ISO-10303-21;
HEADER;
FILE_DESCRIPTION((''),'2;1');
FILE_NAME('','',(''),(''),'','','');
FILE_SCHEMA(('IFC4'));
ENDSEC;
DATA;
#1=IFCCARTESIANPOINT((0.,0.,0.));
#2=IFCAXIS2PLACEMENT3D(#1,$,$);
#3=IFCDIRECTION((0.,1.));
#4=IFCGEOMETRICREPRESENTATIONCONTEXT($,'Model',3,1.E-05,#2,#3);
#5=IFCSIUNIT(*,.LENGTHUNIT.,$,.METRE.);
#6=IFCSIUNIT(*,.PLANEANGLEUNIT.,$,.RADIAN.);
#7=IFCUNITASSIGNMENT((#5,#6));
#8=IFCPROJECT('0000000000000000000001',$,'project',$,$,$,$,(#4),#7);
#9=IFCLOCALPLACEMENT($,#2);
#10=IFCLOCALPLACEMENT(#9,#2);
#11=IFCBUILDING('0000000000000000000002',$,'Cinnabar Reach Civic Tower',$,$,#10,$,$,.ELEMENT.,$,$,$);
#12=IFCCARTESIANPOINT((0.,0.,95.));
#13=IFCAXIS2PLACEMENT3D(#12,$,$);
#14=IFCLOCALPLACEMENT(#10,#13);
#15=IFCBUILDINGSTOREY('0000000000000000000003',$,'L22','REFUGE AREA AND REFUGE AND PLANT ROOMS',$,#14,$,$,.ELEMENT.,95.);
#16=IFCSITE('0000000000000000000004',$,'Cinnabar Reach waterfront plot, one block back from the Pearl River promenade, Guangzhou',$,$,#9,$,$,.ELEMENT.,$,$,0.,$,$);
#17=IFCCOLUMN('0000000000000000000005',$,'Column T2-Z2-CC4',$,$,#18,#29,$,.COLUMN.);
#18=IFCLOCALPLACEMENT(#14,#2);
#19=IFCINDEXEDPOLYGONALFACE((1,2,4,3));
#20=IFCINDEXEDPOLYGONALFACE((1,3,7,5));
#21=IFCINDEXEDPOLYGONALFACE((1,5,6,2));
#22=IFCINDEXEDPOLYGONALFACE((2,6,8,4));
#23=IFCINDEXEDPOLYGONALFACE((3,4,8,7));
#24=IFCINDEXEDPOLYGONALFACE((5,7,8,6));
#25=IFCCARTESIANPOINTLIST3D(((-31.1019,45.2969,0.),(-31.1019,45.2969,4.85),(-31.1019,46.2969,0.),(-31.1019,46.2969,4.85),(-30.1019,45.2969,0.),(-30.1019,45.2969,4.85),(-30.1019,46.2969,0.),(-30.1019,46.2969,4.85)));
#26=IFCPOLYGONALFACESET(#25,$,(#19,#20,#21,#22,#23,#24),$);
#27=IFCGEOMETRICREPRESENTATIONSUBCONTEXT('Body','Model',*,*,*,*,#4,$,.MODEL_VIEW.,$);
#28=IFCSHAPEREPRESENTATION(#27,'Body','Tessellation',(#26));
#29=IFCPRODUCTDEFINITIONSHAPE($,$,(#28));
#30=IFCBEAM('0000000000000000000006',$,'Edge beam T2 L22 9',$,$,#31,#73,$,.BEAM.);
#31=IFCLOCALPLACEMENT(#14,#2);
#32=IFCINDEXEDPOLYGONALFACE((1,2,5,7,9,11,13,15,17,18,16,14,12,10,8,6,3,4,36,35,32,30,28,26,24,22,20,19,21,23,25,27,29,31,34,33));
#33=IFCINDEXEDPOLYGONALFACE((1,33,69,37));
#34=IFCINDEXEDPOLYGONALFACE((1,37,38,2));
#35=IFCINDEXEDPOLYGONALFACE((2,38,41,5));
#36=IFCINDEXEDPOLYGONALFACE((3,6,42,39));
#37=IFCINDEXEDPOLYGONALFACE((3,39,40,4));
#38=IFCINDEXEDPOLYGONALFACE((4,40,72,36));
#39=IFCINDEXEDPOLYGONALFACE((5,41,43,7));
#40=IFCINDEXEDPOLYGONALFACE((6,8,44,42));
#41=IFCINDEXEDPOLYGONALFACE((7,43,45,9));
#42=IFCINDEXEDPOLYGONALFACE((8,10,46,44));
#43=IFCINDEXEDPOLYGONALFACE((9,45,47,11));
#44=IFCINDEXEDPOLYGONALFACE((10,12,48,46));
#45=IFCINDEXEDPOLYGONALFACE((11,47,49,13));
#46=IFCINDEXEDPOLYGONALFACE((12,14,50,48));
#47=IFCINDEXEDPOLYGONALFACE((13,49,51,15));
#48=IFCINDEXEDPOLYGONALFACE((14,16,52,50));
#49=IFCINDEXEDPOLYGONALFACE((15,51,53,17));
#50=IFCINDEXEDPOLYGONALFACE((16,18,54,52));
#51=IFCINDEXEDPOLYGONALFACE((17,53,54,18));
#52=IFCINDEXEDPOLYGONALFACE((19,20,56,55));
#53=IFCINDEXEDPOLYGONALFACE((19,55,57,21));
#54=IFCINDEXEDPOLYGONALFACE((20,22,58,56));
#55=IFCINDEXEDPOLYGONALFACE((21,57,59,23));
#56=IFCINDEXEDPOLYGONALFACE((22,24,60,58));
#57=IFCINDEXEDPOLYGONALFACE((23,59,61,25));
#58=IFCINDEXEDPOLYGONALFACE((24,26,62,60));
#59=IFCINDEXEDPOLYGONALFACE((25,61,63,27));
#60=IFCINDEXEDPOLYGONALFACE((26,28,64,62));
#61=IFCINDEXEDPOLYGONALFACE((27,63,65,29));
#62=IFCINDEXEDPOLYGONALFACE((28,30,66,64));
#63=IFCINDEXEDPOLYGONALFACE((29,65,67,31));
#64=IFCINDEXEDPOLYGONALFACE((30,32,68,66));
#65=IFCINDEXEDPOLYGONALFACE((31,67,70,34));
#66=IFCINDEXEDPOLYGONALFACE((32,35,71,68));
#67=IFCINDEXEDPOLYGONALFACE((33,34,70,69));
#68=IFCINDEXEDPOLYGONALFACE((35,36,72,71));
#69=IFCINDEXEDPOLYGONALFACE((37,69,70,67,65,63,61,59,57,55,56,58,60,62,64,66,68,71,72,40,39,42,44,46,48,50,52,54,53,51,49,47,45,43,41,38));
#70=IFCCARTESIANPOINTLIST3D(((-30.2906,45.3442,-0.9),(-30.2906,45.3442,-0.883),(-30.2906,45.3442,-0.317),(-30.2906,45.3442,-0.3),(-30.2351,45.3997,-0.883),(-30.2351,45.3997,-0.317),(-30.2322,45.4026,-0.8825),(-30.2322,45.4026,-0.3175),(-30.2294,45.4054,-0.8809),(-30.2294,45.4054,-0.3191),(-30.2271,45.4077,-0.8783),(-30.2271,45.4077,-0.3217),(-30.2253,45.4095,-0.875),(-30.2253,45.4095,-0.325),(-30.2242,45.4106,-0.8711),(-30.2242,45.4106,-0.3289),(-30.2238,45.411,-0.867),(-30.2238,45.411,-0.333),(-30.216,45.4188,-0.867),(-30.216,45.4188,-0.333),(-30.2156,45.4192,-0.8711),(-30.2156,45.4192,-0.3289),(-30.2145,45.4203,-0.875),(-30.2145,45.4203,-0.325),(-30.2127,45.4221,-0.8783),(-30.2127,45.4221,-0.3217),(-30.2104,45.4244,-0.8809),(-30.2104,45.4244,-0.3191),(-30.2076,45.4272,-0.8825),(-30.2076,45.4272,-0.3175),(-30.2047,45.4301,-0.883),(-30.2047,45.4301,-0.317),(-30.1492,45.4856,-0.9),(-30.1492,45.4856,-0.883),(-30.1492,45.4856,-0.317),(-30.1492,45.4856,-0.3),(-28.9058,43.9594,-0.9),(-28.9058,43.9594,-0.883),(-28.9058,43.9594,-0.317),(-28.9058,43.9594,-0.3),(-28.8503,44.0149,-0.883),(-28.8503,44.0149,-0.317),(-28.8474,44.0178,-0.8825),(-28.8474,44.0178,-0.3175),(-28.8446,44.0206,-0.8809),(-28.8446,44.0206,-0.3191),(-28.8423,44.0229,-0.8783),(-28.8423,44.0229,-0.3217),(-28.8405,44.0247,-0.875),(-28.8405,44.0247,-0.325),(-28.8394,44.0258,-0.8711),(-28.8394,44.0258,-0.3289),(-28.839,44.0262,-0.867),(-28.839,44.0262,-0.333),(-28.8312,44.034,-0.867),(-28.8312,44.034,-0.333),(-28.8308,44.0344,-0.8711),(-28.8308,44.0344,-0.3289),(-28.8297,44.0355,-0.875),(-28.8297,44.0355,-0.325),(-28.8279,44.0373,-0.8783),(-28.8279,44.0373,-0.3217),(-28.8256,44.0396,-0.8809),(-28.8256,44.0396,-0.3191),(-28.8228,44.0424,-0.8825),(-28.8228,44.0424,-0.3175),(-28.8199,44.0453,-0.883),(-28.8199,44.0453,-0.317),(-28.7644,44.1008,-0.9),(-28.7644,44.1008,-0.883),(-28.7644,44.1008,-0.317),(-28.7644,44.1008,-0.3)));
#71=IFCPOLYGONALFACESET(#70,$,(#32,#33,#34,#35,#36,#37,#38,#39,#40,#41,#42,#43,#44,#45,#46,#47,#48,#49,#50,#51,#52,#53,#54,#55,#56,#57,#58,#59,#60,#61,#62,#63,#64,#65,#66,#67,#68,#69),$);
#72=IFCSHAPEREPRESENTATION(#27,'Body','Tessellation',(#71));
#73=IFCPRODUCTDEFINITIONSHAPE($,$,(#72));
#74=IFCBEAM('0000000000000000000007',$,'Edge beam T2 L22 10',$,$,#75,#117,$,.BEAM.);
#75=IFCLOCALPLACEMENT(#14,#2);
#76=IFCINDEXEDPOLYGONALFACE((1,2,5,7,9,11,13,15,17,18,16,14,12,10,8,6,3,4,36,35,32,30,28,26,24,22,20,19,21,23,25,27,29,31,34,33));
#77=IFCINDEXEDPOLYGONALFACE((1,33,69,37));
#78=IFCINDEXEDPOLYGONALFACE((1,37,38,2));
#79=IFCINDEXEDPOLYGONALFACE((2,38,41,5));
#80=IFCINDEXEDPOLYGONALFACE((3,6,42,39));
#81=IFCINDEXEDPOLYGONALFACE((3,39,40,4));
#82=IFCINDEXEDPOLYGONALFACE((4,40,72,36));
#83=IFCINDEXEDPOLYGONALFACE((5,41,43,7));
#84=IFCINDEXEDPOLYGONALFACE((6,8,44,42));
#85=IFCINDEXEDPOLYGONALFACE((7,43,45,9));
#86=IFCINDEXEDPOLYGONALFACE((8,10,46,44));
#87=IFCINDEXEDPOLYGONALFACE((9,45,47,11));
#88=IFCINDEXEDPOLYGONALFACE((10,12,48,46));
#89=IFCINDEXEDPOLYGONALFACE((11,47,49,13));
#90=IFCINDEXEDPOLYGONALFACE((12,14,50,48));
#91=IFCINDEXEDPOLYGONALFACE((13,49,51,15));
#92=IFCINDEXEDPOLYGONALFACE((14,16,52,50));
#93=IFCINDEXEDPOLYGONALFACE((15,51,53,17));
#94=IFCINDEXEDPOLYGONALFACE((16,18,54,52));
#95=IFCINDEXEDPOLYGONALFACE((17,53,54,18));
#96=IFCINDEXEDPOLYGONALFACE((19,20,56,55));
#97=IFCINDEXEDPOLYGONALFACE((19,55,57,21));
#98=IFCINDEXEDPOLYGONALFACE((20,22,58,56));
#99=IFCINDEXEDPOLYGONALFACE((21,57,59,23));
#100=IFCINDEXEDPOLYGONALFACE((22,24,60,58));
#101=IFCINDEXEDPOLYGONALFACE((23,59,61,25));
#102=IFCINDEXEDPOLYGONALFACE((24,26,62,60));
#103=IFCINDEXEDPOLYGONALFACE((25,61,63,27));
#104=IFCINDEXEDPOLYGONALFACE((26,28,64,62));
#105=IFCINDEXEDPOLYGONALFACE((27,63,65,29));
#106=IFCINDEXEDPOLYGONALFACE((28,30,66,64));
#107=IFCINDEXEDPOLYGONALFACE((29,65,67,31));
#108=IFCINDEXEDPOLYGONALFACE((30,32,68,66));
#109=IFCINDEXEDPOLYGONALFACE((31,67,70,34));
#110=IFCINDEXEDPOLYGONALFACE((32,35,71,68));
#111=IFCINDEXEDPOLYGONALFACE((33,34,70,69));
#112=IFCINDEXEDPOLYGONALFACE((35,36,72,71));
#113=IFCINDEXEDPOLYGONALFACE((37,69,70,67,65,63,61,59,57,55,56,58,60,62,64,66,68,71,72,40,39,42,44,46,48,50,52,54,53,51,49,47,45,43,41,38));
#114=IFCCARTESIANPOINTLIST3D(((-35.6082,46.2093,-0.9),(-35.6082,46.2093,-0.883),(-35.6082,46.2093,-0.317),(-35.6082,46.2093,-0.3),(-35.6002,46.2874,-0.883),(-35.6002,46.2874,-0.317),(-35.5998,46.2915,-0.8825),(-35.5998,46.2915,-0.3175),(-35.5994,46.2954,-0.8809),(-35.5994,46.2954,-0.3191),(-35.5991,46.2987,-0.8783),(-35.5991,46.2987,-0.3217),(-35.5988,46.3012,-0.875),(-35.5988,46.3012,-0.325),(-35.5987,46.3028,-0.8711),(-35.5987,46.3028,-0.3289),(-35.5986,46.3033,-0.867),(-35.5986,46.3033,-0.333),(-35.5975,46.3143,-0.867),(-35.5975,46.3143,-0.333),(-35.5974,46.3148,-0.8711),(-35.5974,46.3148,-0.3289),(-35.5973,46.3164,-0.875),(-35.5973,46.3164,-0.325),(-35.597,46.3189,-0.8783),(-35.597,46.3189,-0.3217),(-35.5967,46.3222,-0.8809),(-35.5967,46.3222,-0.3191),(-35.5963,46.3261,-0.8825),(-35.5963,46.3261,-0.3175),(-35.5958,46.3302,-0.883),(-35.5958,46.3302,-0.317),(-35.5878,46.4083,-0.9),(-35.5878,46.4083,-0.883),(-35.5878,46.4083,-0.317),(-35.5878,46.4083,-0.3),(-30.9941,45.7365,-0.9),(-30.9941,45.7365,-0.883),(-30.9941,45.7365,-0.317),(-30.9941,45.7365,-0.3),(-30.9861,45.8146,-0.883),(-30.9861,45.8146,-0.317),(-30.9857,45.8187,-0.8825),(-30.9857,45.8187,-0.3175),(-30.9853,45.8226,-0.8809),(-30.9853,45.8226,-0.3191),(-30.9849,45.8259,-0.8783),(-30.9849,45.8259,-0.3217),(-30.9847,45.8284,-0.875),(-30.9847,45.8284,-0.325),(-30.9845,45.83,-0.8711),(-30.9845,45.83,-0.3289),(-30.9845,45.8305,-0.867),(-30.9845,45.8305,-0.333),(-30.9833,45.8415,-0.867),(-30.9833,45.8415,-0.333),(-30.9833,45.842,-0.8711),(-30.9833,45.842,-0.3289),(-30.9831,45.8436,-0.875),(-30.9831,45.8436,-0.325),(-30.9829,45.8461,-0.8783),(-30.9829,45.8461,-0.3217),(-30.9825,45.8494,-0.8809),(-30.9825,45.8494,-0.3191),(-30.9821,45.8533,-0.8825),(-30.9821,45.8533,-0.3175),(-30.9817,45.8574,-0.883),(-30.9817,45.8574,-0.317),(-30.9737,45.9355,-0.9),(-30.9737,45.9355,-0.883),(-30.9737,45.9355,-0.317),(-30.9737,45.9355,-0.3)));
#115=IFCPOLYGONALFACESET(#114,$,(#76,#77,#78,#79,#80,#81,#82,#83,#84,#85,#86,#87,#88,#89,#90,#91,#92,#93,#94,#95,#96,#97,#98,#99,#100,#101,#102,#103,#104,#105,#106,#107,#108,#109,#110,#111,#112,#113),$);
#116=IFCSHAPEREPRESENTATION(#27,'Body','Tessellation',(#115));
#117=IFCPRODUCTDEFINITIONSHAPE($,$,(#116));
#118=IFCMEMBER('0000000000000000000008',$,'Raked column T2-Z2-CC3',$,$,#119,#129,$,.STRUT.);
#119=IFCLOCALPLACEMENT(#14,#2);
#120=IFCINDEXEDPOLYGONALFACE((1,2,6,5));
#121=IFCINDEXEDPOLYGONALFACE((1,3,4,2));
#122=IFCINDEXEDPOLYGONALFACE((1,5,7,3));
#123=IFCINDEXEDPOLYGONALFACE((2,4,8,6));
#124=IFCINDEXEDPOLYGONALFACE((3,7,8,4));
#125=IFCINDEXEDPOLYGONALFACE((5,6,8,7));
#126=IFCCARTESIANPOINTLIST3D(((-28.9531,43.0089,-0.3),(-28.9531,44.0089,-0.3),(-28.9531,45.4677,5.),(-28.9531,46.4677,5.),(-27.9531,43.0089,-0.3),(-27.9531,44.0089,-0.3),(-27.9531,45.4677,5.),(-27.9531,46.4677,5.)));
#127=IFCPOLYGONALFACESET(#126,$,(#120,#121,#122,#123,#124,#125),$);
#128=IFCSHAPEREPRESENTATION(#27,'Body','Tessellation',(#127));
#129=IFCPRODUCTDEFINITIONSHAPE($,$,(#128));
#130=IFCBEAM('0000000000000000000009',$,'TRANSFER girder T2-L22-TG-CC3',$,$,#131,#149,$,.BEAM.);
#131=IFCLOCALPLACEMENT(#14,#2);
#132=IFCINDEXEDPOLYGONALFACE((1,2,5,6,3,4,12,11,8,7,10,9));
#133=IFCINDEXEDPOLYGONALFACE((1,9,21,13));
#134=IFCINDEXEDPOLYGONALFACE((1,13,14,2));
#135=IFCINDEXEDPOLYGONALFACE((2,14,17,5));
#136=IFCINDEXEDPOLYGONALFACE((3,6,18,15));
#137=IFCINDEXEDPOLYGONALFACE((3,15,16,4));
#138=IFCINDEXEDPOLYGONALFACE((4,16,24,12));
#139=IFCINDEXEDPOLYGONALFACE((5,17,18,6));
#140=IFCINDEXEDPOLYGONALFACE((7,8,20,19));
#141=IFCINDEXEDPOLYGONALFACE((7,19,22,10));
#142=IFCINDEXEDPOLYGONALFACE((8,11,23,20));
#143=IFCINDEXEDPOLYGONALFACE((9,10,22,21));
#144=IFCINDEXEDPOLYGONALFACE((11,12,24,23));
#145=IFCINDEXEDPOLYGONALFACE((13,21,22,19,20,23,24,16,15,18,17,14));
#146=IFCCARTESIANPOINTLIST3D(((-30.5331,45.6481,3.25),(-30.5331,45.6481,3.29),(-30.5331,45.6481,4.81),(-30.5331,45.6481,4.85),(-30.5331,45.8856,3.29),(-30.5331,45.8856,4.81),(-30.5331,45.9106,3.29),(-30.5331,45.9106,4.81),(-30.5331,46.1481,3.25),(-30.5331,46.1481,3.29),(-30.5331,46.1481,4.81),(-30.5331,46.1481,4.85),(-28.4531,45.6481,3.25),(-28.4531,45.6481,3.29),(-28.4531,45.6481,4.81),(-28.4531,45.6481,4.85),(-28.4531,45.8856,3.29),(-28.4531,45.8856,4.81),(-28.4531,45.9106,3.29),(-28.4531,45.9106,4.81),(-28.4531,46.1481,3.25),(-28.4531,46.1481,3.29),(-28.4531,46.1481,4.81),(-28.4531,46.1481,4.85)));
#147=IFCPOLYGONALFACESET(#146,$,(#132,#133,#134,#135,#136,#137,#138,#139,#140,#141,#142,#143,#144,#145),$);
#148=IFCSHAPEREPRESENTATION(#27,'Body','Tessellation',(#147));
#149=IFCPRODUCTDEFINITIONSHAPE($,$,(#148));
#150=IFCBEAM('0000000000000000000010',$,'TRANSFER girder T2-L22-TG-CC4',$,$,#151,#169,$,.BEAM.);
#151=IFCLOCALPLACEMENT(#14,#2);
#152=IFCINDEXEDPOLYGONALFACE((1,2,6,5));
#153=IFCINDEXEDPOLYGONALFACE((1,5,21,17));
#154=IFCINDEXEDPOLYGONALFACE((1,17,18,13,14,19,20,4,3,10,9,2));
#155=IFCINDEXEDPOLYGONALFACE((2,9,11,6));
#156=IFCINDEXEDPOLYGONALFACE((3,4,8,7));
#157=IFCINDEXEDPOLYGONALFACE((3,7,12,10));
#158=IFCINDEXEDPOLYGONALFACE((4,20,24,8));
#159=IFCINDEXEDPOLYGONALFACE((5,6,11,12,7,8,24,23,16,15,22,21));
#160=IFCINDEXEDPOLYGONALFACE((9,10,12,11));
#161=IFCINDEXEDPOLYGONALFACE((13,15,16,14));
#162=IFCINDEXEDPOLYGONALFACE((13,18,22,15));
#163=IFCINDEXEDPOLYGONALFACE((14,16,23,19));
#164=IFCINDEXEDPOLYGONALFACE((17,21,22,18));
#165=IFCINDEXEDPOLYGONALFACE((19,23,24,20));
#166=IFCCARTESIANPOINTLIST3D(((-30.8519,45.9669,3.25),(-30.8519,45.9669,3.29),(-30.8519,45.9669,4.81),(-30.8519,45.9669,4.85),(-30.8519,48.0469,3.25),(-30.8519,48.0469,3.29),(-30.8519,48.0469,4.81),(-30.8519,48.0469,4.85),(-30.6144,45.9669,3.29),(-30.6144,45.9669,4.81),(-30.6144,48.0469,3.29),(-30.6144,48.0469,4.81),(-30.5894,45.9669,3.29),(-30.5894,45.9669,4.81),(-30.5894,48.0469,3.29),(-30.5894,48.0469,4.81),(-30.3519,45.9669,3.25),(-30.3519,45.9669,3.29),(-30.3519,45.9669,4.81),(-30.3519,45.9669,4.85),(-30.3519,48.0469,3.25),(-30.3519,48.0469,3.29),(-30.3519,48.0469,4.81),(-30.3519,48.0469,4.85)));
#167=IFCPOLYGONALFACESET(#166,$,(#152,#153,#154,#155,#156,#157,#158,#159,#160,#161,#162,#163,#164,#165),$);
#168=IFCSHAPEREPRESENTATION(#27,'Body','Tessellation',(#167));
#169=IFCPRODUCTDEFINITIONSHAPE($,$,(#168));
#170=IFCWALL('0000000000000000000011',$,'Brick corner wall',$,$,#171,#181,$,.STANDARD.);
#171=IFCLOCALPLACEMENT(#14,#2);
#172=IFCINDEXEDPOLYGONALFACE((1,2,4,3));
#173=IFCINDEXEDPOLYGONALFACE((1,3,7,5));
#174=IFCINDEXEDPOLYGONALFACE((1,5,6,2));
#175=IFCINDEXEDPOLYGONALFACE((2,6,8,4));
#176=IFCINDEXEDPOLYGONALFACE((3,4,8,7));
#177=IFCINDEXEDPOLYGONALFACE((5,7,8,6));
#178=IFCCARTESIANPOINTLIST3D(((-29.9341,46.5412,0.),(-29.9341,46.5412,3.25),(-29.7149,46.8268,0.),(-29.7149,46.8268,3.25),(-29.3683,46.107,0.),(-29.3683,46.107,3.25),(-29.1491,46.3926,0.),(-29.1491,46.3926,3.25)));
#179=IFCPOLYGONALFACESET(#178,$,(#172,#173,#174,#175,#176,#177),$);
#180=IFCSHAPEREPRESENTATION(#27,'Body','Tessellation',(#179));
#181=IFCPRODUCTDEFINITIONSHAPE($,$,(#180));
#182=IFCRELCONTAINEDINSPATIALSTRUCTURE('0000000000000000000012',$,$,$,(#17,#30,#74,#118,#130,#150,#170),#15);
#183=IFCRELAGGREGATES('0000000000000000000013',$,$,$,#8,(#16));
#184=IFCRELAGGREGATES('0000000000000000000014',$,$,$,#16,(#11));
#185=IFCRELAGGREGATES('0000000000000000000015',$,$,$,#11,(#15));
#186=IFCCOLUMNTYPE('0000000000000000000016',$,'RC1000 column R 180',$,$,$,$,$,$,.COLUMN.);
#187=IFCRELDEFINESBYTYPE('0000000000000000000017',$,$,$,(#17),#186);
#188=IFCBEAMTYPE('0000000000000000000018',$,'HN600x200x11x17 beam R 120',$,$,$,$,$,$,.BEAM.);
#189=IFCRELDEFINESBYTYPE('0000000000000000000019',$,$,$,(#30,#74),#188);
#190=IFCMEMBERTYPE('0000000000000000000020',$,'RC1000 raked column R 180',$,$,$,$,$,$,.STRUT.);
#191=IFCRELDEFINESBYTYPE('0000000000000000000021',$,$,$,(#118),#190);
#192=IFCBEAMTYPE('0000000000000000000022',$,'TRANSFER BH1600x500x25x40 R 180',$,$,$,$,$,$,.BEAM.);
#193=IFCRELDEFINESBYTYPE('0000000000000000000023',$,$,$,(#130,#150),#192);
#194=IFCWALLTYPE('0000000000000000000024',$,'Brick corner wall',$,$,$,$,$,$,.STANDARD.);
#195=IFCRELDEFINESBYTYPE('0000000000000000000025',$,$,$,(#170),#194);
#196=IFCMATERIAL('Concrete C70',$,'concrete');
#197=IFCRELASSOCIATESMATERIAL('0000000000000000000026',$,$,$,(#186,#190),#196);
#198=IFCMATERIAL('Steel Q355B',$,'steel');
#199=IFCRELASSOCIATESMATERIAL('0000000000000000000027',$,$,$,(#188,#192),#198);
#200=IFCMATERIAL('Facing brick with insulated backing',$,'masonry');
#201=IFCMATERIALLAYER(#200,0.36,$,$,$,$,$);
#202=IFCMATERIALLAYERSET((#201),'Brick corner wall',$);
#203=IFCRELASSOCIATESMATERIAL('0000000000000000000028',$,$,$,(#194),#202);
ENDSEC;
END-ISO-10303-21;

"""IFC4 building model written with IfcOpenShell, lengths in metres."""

from ifc_helpers import new_model, si_unit, direction, frame, frame_2d, origin, origin_2d, place, context, subcontext, project, spatial, rectangle, i_section, extrude, material, layer, layer_set, material_profile, profile_set, type_object, element, save


model = new_model("IFC4")

# Units and contexts
model_context = context("Model", 3, precision=1e-05, world=origin(), true_north=direction((0.0, 1.0)))
body_context = subcontext(model_context, "Body", "Model", "MODEL_VIEW")
ifc_project = project(units=[si_unit("LENGTHUNIT", "METRE"), si_unit("PLANEANGLEUNIT", "RADIAN")], contexts=[model_context])

# Site, building, storey
site_placement = place(None, origin())
site = spatial("IfcSite", under=ifc_project, at=site_placement, Name="Cinnabar Reach waterfront plot, one block back from the Pearl River promenade, Guangzhou", CompositionType="ELEMENT", RefElevation=0.0)
building_placement = place(site_placement, origin())
building = spatial("IfcBuilding", under=site, at=building_placement, Name="Cinnabar Reach Civic Tower", CompositionType="ELEMENT")
storey_placement = place(building_placement, frame((0.0, 0.0, 95.0)))
storey = spatial("IfcBuildingStorey", under=building, at=storey_placement, Name="L22", Description="REFUGE AREA AND REFUGE AND PLANT ROOMS", CompositionType="ELEMENT", Elevation=95.0)

# Column
ifc_material_1 = material(Name="Concrete C70", Category="concrete")
ifc_material_profile_1 = material_profile(ifc_material_1, rectangle(XDim=1.0, YDim=1.0, at=origin_2d()), Name="RC1000")
ifc_profile_set_1 = profile_set([ifc_material_profile_1], Name="Concrete C70")
column_type = type_object("IfcColumnType", Name="RC1000 column R 180", PredefinedType="COLUMN", material=ifc_profile_set_1)
column_placement = place(storey_placement, frame((-30.6019, 45.7969, 0.0), z_axis=(0.0, 0.0, 1.0), x_axis=(1.0, 0.0, 0.0)))
element("IfcColumn", 1, at=column_placement, inside=storey, type_object=column_type, Name="Column T2-Z2-CC4", PredefinedType="COLUMN", context=body_context, shape_type="SweptSolid", body=[
    extrude(rectangle(XDim=1.0, YDim=1.0, at=origin_2d()), origin(), (0.0, 0.0, 1.0), 4.85),
])

# Beams
ifc_material_2 = material(Name="Steel Q355B", Category="steel")
ifc_material_profile_2 = material_profile(ifc_material_2, i_section(OverallWidth=0.2, OverallDepth=0.6, WebThickness=0.011, FlangeThickness=0.017, FilletRadius=0.016, at=origin_2d()), Name="HN600x200x11x17")
ifc_profile_set_2 = profile_set([ifc_material_profile_2], Name="Steel Q355B")
beam_type_1 = type_object("IfcBeamType", Name="HN600x200x11x17 beam R 120", PredefinedType="BEAM", material=ifc_profile_set_2)
beam_1_placement = place(storey_placement, frame((-28.8351, 44.0301, -0.6), z_axis=(-0.707107, 0.707107, 0.0), x_axis=(-0.707107, -0.707107, 0.0)))
element("IfcBeam", 2, at=beam_1_placement, inside=storey, type_object=beam_type_1, Name="Edge beam T2 L22 9", PredefinedType="BEAM", context=body_context, shape_type="SweptSolid", body=[
    extrude(i_section(OverallWidth=0.2, OverallDepth=0.6, WebThickness=0.011, FlangeThickness=0.017, FilletRadius=0.016, at=origin_2d()), origin(), (0.0, 0.0, 1.0), 1.9584),
])
beam_2_placement = place(storey_placement, frame((-30.9839, 45.836, -0.6), z_axis=(-0.994791, 0.101935, 0.0), x_axis=(-0.101935, -0.994791, 0.0)))
element("IfcBeam", 3, at=beam_2_placement, inside=storey, type_object=beam_type_1, Name="Edge beam T2 L22 10", PredefinedType="BEAM", context=body_context, shape_type="SweptSolid", body=[
    extrude(i_section(OverallWidth=0.2, OverallDepth=0.6, WebThickness=0.011, FlangeThickness=0.017, FilletRadius=0.016, at=origin_2d()), origin(), (0.0, 0.0, 1.0), 4.6383),
])

# Member
ifc_material_profile_3 = material_profile(ifc_material_1, rectangle(XDim=1.0, YDim=1.0, at=origin_2d()), Name="RC1000")
ifc_profile_set_3 = profile_set([ifc_material_profile_3], Name="Concrete C70")
member_type = type_object("IfcMemberType", Name="RC1000 raked column R 180", PredefinedType="STRUT", material=ifc_profile_set_3)
member_placement = place(storey_placement, frame((-28.4531, 43.5089, -0.3), z_axis=(0.0, 0.0, 1.0), x_axis=(1.0, 0.0, 0.0)))
element("IfcMember", 4, at=member_placement, inside=storey, type_object=member_type, Name="Raked column T2-Z2-CC3", PredefinedType="STRUT", context=body_context, shape_type="SweptSolid", body=[
    extrude(rectangle(XDim=1.0, YDim=1.0, at=origin_2d()), origin(), (0.0, 0.420842, 0.907134), 5.8426),
])

# Beams
ifc_material_profile_4 = material_profile(ifc_material_2, i_section(OverallWidth=0.5, OverallDepth=1.6, WebThickness=0.025, FlangeThickness=0.04, at=origin_2d()), Name="BH1600x500x25x40")
ifc_profile_set_4 = profile_set([ifc_material_profile_4], Name="Steel Q355B")
beam_type_2 = type_object("IfcBeamType", Name="TRANSFER BH1600x500x25x40 R 180", PredefinedType="BEAM", material=ifc_profile_set_4)
for number, where, z_axis, x_axis, name in (
    (5, (-30.5331, 45.8981, 4.05), (1.0, 0.0, 0.0), (0.0, 1.0, 0.0), "TRANSFER girder T2-L22-TG-CC3"),
    (6, (-30.6019, 45.9669, 4.05), (0.0, 1.0, 0.0), (-1.0, 0.0, 0.0), "TRANSFER girder T2-L22-TG-CC4"),
):
    element("IfcBeam", number, at=place(storey_placement, frame(where, z_axis=z_axis, x_axis=x_axis)), inside=storey, type_object=beam_type_2, Name=name, PredefinedType="BEAM", context=body_context, shape_type="SweptSolid", body=[
        extrude(i_section(OverallWidth=0.5, OverallDepth=1.6, WebThickness=0.025, FlangeThickness=0.04, at=origin_2d()), origin(), (0.0, 0.0, 1.0), 2.08),
    ])

# Wall
ifc_material_3 = material(Name="Facing brick with insulated backing", Category="masonry")
ifc_layer_1 = layer(ifc_material_3, 0.36)
ifc_layer_set_1 = layer_set([ifc_layer_1], Name="Brick corner wall")
wall_type_1 = type_object("IfcWallType", Name="Brick corner wall", PredefinedType="STANDARD", material=ifc_layer_set_1)
wall_1_placement = place(storey_placement, frame((-29.2587, 46.2498, 0.0), z_axis=(0.0, 0.0, 1.0), x_axis=(-0.793322, 0.608802, 0.0)))
element("IfcWall", 7, at=wall_1_placement, inside=storey, type_object=wall_type_1, Name="Brick corner wall", PredefinedType="STANDARD", context=body_context, shape_type="SweptSolid", body=[
    extrude(rectangle(XDim=0.7132, YDim=0.36, at=frame_2d((0.3566, 0.0))), origin(), (0.0, 0.0, 1.0), 3.25),
])

save(model, "model.ifc")
